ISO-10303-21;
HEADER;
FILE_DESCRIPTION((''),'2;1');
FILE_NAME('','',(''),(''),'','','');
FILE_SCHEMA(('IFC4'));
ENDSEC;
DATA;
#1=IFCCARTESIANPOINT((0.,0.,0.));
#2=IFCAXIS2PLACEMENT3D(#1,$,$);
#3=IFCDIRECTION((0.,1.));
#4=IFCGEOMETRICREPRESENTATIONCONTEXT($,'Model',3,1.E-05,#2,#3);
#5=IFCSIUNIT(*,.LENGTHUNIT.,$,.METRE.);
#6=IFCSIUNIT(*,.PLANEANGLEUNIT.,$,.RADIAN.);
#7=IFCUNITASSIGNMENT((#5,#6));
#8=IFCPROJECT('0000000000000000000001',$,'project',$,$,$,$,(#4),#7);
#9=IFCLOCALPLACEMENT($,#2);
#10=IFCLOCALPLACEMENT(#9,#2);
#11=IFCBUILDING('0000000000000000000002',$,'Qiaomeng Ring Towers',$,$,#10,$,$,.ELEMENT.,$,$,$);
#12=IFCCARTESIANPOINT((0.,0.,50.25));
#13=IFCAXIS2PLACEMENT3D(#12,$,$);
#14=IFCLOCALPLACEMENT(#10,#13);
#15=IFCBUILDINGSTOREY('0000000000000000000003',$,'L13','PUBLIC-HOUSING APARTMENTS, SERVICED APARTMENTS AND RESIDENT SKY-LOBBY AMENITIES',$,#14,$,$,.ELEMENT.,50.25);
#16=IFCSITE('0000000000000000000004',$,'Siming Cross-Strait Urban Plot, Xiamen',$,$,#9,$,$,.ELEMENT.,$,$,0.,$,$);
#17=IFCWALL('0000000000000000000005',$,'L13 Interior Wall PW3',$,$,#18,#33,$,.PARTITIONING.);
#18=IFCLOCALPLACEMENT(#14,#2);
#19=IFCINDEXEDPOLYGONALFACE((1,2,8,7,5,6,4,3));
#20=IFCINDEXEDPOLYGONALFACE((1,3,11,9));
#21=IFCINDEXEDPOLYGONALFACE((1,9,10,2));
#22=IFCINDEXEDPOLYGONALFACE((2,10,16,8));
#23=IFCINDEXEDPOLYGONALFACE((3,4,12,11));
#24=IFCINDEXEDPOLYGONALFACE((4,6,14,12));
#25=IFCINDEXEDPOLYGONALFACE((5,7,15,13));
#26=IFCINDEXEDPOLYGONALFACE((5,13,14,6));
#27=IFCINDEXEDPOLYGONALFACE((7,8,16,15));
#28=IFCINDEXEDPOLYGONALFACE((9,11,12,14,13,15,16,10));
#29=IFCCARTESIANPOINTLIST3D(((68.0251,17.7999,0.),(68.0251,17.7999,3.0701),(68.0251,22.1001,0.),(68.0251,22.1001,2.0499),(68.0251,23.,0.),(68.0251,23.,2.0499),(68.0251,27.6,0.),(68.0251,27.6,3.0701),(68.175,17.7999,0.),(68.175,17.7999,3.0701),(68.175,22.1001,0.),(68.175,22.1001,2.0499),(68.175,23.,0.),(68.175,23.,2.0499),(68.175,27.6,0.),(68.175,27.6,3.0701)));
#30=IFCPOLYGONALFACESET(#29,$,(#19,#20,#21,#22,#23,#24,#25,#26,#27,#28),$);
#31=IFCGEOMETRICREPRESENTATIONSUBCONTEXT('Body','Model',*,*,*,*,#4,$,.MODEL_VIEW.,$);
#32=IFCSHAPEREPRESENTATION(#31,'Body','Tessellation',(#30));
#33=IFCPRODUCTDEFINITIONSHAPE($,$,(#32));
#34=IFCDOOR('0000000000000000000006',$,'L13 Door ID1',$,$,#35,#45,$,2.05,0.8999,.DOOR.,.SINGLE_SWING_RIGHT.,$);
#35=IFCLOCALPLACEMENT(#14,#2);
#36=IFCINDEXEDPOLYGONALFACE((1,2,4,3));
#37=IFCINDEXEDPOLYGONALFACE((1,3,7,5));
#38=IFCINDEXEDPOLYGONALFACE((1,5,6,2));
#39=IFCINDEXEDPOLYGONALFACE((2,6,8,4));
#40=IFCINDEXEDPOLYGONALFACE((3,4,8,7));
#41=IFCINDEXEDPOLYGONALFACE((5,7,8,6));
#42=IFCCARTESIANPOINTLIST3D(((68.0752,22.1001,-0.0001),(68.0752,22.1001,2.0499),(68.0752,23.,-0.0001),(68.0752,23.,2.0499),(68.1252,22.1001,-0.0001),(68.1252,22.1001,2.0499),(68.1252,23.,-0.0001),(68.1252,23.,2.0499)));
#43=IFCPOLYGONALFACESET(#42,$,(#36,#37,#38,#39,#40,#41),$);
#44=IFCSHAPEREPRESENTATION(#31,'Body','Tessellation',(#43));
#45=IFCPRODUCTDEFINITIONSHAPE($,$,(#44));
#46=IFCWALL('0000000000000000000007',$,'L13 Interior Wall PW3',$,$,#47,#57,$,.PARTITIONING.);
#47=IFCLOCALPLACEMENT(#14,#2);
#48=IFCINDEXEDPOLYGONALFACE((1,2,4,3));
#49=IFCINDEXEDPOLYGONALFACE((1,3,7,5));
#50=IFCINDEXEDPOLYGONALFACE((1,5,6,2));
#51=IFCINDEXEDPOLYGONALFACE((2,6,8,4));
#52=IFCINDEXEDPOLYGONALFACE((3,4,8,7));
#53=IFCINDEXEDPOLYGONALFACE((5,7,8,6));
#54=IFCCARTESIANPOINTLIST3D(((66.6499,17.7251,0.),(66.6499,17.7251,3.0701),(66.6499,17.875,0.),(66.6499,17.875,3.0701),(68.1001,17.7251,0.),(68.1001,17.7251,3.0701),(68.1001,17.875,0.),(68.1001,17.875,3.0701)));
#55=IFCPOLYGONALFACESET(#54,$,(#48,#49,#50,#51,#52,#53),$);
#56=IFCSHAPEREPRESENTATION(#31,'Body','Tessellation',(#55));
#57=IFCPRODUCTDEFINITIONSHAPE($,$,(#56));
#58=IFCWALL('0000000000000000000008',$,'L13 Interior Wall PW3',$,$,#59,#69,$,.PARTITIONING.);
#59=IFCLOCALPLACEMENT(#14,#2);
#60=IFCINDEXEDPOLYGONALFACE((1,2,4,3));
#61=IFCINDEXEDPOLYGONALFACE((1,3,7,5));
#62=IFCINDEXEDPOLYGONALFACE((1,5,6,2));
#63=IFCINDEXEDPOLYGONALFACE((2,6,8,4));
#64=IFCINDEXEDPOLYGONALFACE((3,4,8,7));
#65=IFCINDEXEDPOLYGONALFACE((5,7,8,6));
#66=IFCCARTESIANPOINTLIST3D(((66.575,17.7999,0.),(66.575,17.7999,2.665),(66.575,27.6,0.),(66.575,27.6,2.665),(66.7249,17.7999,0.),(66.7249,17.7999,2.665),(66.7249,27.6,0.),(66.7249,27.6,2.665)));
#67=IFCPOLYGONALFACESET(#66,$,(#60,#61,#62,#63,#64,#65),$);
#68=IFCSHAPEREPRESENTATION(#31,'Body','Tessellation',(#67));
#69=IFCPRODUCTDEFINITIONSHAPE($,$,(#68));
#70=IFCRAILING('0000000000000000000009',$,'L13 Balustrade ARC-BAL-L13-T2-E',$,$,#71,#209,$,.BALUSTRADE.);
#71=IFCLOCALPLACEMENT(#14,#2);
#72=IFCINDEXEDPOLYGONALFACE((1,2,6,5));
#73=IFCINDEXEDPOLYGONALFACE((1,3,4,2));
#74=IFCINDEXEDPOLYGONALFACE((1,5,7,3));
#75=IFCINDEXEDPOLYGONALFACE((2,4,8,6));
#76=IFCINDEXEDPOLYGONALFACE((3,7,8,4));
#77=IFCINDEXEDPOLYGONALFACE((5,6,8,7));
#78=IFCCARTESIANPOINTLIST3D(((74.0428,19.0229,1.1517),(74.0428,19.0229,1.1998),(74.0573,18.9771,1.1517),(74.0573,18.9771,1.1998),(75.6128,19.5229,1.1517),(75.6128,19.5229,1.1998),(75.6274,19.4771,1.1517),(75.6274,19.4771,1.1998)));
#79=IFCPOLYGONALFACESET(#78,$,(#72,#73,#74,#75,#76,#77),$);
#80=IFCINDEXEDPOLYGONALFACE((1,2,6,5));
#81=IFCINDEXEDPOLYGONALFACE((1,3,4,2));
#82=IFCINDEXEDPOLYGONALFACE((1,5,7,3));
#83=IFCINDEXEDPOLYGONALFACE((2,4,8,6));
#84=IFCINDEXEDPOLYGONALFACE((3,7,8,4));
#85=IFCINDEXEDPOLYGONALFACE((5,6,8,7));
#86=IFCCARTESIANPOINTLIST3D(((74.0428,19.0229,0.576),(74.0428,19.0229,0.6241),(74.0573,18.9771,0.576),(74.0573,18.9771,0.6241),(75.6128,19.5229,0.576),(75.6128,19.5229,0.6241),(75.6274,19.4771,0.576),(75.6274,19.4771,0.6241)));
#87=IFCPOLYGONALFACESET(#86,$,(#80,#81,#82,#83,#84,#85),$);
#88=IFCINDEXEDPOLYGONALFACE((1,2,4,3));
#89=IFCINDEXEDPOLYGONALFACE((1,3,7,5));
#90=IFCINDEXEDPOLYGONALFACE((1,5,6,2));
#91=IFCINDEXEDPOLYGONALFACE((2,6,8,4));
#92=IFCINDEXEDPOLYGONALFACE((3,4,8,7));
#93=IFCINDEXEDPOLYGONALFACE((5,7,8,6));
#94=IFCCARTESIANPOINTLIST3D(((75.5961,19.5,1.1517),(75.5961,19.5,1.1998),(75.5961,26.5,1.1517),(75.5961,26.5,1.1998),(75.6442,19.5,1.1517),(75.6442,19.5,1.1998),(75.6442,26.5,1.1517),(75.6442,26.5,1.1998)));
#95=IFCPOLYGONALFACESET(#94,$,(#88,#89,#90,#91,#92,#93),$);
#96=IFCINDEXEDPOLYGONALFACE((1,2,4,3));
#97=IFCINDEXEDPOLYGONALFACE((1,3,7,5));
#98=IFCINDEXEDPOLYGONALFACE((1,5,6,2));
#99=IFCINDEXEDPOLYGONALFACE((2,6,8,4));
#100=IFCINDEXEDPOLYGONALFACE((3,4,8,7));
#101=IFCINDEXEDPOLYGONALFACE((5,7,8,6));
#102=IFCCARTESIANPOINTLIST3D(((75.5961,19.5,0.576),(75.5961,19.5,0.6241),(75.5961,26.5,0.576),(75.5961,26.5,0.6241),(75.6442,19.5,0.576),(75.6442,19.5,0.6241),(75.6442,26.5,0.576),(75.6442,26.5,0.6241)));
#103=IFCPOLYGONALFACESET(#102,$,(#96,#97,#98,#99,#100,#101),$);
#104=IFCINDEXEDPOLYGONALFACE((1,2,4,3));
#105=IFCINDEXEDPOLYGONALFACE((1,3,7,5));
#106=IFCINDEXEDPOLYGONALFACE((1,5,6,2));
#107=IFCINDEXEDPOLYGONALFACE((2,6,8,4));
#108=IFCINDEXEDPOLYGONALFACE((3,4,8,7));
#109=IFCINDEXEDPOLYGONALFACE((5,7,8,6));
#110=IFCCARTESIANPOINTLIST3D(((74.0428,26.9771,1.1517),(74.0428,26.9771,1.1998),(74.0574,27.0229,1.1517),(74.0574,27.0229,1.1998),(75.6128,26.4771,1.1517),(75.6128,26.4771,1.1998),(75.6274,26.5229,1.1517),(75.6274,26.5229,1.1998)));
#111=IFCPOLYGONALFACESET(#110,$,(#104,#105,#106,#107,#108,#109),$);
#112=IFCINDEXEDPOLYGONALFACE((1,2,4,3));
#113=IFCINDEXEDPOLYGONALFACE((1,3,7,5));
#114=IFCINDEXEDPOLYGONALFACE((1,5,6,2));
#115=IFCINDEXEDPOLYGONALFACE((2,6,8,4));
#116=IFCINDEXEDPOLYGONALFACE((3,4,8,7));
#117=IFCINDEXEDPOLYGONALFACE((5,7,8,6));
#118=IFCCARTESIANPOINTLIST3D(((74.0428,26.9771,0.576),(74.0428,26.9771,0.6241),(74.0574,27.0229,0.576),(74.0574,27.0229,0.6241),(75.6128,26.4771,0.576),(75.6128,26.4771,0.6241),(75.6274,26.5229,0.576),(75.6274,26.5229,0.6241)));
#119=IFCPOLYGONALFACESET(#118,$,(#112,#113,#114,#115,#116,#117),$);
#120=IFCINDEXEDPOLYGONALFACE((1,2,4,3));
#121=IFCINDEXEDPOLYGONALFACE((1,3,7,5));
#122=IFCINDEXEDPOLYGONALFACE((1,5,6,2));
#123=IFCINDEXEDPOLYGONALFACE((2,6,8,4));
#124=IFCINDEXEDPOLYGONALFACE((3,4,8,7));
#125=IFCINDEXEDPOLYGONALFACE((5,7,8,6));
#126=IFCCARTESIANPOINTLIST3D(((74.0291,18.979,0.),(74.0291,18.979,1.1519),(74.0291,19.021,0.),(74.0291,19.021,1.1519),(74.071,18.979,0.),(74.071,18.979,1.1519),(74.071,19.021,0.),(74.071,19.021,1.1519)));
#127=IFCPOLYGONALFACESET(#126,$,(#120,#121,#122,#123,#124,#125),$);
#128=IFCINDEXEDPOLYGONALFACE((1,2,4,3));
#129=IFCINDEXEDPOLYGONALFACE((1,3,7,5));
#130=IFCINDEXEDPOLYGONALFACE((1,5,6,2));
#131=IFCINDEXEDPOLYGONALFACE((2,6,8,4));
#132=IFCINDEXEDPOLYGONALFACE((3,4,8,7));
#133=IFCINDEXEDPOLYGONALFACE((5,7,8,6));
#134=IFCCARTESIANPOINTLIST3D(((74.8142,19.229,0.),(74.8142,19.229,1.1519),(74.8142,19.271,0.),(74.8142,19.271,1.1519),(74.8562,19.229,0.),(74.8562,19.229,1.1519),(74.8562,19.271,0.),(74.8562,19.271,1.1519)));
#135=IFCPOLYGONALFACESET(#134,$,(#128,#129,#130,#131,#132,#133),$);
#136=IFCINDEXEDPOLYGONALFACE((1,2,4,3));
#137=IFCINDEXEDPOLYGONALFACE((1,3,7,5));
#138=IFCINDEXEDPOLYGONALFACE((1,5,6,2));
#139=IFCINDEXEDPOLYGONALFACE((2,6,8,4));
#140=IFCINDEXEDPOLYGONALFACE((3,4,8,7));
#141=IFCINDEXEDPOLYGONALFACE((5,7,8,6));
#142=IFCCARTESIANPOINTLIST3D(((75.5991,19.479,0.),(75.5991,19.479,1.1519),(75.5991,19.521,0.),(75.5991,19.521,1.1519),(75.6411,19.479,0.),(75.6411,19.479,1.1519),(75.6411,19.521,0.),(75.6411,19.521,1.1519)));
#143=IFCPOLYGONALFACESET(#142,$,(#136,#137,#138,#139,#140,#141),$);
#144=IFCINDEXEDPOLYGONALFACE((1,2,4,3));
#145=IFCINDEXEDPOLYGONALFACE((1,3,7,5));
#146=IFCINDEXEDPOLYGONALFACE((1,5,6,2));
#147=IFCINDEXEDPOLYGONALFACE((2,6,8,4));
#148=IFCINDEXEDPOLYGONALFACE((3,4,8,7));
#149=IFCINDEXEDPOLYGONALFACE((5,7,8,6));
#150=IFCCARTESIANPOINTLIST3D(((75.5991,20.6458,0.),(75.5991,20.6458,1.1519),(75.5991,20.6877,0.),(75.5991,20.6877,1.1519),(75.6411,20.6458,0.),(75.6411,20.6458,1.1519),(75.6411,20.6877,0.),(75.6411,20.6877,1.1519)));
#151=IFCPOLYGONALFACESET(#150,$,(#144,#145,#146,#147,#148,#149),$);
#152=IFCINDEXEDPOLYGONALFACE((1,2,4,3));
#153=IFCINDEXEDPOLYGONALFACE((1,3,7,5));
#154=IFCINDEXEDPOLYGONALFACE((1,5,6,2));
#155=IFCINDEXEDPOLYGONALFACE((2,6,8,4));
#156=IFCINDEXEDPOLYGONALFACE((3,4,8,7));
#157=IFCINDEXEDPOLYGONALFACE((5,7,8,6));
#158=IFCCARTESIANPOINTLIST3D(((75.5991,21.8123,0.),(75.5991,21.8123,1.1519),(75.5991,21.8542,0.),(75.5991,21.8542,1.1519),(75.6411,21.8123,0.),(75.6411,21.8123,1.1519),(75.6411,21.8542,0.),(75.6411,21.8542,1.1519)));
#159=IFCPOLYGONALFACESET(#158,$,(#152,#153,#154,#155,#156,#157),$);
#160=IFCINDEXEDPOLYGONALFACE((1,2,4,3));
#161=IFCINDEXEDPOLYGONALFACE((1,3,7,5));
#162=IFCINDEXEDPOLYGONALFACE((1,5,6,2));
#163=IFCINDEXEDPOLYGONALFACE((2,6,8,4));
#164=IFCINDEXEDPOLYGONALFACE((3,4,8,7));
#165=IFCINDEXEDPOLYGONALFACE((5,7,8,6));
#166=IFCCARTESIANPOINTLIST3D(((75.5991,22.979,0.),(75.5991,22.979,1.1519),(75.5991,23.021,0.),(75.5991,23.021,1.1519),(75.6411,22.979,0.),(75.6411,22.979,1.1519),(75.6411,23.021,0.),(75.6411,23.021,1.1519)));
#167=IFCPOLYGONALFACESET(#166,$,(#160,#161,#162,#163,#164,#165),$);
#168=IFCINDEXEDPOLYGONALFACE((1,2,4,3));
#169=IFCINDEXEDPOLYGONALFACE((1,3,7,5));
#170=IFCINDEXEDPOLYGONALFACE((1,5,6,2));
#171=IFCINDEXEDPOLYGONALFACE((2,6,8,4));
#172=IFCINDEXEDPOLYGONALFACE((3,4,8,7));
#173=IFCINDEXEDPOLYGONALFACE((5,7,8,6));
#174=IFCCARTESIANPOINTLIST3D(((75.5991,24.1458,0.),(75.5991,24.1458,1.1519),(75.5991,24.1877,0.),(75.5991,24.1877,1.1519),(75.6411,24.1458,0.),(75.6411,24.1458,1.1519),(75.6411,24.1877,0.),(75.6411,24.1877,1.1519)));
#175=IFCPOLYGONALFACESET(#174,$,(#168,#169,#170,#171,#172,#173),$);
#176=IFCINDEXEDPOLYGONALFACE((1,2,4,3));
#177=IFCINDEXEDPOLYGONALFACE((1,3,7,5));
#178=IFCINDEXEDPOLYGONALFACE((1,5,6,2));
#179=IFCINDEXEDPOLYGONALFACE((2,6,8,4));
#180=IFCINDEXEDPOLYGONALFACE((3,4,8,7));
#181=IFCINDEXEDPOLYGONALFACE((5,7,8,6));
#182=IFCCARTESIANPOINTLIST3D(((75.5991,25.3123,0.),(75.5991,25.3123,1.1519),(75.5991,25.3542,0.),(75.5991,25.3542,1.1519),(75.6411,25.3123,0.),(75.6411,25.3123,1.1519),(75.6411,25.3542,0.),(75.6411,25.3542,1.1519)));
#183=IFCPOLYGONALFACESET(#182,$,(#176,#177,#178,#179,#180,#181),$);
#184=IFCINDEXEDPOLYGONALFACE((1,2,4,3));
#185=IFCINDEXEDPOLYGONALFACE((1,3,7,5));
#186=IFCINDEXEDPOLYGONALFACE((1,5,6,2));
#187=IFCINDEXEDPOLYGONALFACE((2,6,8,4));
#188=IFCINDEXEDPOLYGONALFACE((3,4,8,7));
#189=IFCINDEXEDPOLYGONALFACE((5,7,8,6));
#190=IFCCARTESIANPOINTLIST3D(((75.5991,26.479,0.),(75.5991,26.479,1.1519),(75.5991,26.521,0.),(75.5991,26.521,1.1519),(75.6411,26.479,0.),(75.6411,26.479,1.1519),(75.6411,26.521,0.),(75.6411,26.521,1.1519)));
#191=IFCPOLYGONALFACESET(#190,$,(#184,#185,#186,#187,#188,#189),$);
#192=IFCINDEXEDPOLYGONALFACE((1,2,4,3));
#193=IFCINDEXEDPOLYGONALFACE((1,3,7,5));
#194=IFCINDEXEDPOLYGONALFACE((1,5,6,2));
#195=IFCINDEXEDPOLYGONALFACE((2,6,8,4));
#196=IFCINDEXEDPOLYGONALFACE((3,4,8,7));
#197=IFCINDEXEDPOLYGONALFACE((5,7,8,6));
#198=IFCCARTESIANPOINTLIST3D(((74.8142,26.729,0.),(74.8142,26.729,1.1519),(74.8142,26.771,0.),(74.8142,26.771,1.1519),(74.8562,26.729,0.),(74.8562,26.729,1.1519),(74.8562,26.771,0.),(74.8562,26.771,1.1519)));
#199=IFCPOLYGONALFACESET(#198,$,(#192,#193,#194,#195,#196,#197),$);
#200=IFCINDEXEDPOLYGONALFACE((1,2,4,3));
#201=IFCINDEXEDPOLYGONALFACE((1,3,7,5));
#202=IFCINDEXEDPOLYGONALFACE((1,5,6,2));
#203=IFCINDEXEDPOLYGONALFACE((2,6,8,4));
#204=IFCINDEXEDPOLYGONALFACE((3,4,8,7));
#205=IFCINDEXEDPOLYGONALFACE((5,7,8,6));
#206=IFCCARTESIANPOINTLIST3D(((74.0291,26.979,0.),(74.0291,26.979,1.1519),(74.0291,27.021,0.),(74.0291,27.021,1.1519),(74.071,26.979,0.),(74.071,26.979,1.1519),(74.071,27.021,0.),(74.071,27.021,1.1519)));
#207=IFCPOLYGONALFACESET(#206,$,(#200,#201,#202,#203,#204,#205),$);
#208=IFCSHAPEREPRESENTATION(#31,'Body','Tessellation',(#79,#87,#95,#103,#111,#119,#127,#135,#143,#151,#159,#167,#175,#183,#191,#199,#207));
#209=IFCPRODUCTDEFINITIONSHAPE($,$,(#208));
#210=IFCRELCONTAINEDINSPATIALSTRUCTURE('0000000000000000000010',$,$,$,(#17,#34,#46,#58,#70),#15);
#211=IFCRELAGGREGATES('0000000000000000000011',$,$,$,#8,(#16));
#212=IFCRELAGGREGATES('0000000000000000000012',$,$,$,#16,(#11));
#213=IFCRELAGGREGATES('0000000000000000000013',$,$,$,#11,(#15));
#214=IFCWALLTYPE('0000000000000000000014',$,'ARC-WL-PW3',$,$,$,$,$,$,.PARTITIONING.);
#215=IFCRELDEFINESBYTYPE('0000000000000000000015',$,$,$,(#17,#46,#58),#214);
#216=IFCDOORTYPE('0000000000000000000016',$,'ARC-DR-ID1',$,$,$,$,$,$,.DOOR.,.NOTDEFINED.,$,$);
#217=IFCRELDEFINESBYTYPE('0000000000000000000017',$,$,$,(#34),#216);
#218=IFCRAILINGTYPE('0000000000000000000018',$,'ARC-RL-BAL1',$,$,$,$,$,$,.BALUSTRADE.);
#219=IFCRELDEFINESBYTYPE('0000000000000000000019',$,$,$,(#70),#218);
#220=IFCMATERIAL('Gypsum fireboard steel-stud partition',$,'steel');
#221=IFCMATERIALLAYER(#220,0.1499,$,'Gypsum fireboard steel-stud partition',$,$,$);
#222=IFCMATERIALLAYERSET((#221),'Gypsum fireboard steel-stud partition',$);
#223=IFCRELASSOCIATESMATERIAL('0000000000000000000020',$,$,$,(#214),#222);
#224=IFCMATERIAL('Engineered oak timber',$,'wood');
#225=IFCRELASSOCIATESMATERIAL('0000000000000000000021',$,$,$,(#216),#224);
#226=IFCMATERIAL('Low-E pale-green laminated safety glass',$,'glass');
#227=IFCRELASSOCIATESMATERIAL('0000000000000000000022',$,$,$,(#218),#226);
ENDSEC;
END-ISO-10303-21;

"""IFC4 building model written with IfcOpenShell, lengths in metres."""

from ifc_helpers import new_model, si_unit, direction, frame, frame_2d, origin, origin_2d, place, context, subcontext, project, spatial, rectangle, extrude, source, transform, mapped, material, layer, layer_set, type_object, element, fill, save


model = new_model("IFC4")

# Units and contexts
model_context = context("Model", 3, precision=1e-05, world=origin(), true_north=direction((0.0, 1.0)))
body_context = subcontext(model_context, "Body", "Model", "MODEL_VIEW")
ifc_project = project(units=[si_unit("LENGTHUNIT", "METRE"), si_unit("PLANEANGLEUNIT", "RADIAN")], contexts=[model_context])

# Site, building, storey
site_placement = place(None, origin())
site = spatial("IfcSite", under=ifc_project, at=site_placement, Name="Siming Cross-Strait Urban Plot, Xiamen", CompositionType="ELEMENT", RefElevation=0.0)
building_placement = place(site_placement, origin())
building = spatial("IfcBuilding", under=site, at=building_placement, Name="Qiaomeng Ring Towers", CompositionType="ELEMENT")
storey_placement = place(building_placement, frame((0.0, 0.0, 50.25)))
storey = spatial("IfcBuildingStorey", under=building, at=storey_placement, Name="L13", Description="PUBLIC-HOUSING APARTMENTS, SERVICED APARTMENTS AND RESIDENT SKY-LOBBY AMENITIES", CompositionType="ELEMENT", Elevation=50.25)

# Shared definitions
ifc_material_1 = material(Name="Gypsum fireboard steel-stud partition", Category="steel")
ifc_layer_1 = layer(ifc_material_1, 0.1499, Name="Gypsum fireboard steel-stud partition")
ifc_layer_set_1 = layer_set([ifc_layer_1], Name="Gypsum fireboard steel-stud partition")
wall_type_1 = type_object("IfcWallType", Name="ARC-WL-PW3", PredefinedType="PARTITIONING", material=ifc_layer_set_1)

# Wall, opening, door
wall_1_placement = place(storey_placement, frame((68.1001, 17.8, 0.0), z_axis=(0.0, 0.0, 1.0), x_axis=(0.0, 1.0, 0.0)))
wall_1 = element("IfcWall", 1, at=wall_1_placement, inside=storey, type_object=wall_type_1, Name="L13 Interior Wall PW3", PredefinedType="PARTITIONING", context=body_context, shape_type="SweptSolid", body=[
    extrude(rectangle(XDim=9.8, YDim=0.1499, at=frame_2d((4.8999, 0.0))), origin(), (0.0, 0.0, 1.0), 3.0701),
])
opening_1_placement = place(wall_1_placement, frame((4.3, 0.0, 0.0)))
opening_1 = element("IfcOpeningElement", 2, at=opening_1_placement, cuts=wall_1, PredefinedType="OPENING", context=body_context, shape_type="SweptSolid", body=[
    extrude(rectangle(XDim=0.8999, YDim=2.05, at=frame_2d((0.45, 1.0249))), frame((0.0, 0.085, 0.0), z_axis=(0.0, -1.0, 0.0), x_axis=(1.0, 0.0, 0.0)), (0.0, 0.0, 1.0), 0.1699),
])
ifc_material_2 = material(Name="Engineered oak timber", Category="wood")
door_type_1 = type_object("IfcDoorType", Name="ARC-DR-ID1", OperationType="NOTDEFINED", PredefinedType="DOOR", material=ifc_material_2)
shared_shape_1 = source(origin(), body_context, "Body", "SweptSolid", [
    extrude(rectangle(XDim=0.8999, YDim=2.05, at=frame_2d((0.45, 1.0249))), frame((0.0, 0.0249, 0.0), z_axis=(0.0, -1.0, 0.0), x_axis=(1.0, 0.0, 0.0)), (0.0, 0.0, 1.0), 0.05),
])
door_1_placement = place(opening_1_placement, origin())
door_1 = element("IfcDoor", 3, at=door_1_placement, inside=storey, type_object=door_type_1, Name="L13 Door ID1", OperationType="SINGLE_SWING_RIGHT", OverallHeight=2.05, OverallWidth=0.8999, PredefinedType="DOOR", context=body_context, shape_type="MappedRepresentation", body=[
    mapped(shared_shape_1, transform((0.0, 0.0, 0.0), x_axis=(1.0, 0.0, 0.0), y_axis=(0.0, 1.0, 0.0), z_axis=(0.0, 0.0, 1.0), scale=1.0)),
])
fill(opening_1, door_1)

# Walls
wall_2_placement = place(storey_placement, frame((66.6499, 17.8, 0.0), z_axis=(0.0, 0.0, 1.0), x_axis=(1.0, 0.0, 0.0)))
element("IfcWall", 4, at=wall_2_placement, inside=storey, type_object=wall_type_1, Name="L13 Interior Wall PW3", PredefinedType="PARTITIONING", context=body_context, shape_type="SweptSolid", body=[
    extrude(rectangle(XDim=1.4502, YDim=0.1499, at=frame_2d((0.7251, 0.0))), origin(), (0.0, 0.0, 1.0), 3.0701),
])
wall_3_placement = place(storey_placement, frame((66.6499, 17.8, 0.0), z_axis=(0.0, 0.0, 1.0), x_axis=(0.0, 1.0, 0.0)))
element("IfcWall", 5, at=wall_3_placement, inside=storey, type_object=wall_type_1, Name="L13 Interior Wall PW3", PredefinedType="PARTITIONING", context=body_context, shape_type="SweptSolid", body=[
    extrude(rectangle(XDim=9.8, YDim=0.1499, at=frame_2d((4.8999, 0.0))), origin(), (0.0, 0.0, 1.0), 2.665),
])

# Railing
ifc_material_3 = material(Name="Low-E pale-green laminated safety glass", Category="glass")
railing_type = type_object("IfcRailingType", Name="ARC-RL-BAL1", PredefinedType="BALUSTRADE", material=ifc_material_3)
railing_placement = place(storey_placement, frame((74.05, 19.0, 0.0)))
element("IfcRailing", 6, at=railing_placement, inside=storey, type_object=railing_type, Name="L13 Balustrade ARC-BAL-L13-T2-E", PredefinedType="BALUSTRADE", context=body_context, shape_type="SweptSolid", body=[
    extrude(rectangle(XDim=0.0481, YDim=0.0481, at=origin_2d()), frame((0.0, 0.0, 1.1758), z_axis=(0.95285, 0.303442, 0.0), x_axis=(-0.303442, 0.95285, 0.0)), (0.0, 0.0, 1.0), 1.6477),
    extrude(rectangle(XDim=0.0481, YDim=0.0481, at=origin_2d()), frame((0.0, 0.0, 0.6001), z_axis=(0.95285, 0.303442, 0.0), x_axis=(-0.303442, 0.95285, 0.0)), (0.0, 0.0, 1.0), 1.6477),
    extrude(rectangle(XDim=0.0481, YDim=0.0481, at=origin_2d()), frame((1.5701, 0.5, 1.1758), z_axis=(0.0, 1.0, 0.0), x_axis=(-1.0, 0.0, 0.0)), (0.0, 0.0, 1.0), 7.0),
    extrude(rectangle(XDim=0.0481, YDim=0.0481, at=origin_2d()), frame((1.5701, 0.5, 0.6001), z_axis=(0.0, 1.0, 0.0), x_axis=(-1.0, 0.0, 0.0)), (0.0, 0.0, 1.0), 7.0),
    extrude(rectangle(XDim=0.0481, YDim=0.0481, at=origin_2d()), frame((1.5701, 7.5, 1.1758), z_axis=(-0.95285, 0.303442, 0.0), x_axis=(-0.303442, -0.95285, 0.0)), (0.0, 0.0, 1.0), 1.6477),
    extrude(rectangle(XDim=0.0481, YDim=0.0481, at=origin_2d()), frame((1.5701, 7.5, 0.6001), z_axis=(-0.95285, 0.303442, 0.0), x_axis=(-0.303442, -0.95285, 0.0)), (0.0, 0.0, 1.0), 1.6477),
    extrude(rectangle(XDim=0.042, YDim=0.042, at=origin_2d()), origin(), (0.0, 0.0, 1.0), 1.1519),
    extrude(rectangle(XDim=0.042, YDim=0.042, at=origin_2d()), frame((0.7852, 0.25, 0.0)), (0.0, 0.0, 1.0), 1.1519),
    extrude(rectangle(XDim=0.042, YDim=0.042, at=origin_2d()), frame((1.5701, 0.5, 0.0)), (0.0, 0.0, 1.0), 1.1519),
    extrude(rectangle(XDim=0.042, YDim=0.042, at=origin_2d()), frame((1.5701, 1.6667, 0.0)), (0.0, 0.0, 1.0), 1.1519),
    extrude(rectangle(XDim=0.042, YDim=0.042, at=origin_2d()), frame((1.5701, 2.8333, 0.0)), (0.0, 0.0, 1.0), 1.1519),
    extrude(rectangle(XDim=0.042, YDim=0.042, at=origin_2d()), frame((1.5701, 4.0, 0.0)), (0.0, 0.0, 1.0), 1.1519),
    extrude(rectangle(XDim=0.042, YDim=0.042, at=origin_2d()), frame((1.5701, 5.1667, 0.0)), (0.0, 0.0, 1.0), 1.1519),
    extrude(rectangle(XDim=0.042, YDim=0.042, at=origin_2d()), frame((1.5701, 6.3333, 0.0)), (0.0, 0.0, 1.0), 1.1519),
    extrude(rectangle(XDim=0.042, YDim=0.042, at=origin_2d()), frame((1.5701, 7.5, 0.0)), (0.0, 0.0, 1.0), 1.1519),
    extrude(rectangle(XDim=0.042, YDim=0.042, at=origin_2d()), frame((0.7852, 7.75, 0.0)), (0.0, 0.0, 1.0), 1.1519),
    extrude(rectangle(XDim=0.042, YDim=0.042, at=origin_2d()), frame((0.0, 8.0, 0.0)), (0.0, 0.0, 1.0), 1.1519),
])

save(model, "model.ifc")
